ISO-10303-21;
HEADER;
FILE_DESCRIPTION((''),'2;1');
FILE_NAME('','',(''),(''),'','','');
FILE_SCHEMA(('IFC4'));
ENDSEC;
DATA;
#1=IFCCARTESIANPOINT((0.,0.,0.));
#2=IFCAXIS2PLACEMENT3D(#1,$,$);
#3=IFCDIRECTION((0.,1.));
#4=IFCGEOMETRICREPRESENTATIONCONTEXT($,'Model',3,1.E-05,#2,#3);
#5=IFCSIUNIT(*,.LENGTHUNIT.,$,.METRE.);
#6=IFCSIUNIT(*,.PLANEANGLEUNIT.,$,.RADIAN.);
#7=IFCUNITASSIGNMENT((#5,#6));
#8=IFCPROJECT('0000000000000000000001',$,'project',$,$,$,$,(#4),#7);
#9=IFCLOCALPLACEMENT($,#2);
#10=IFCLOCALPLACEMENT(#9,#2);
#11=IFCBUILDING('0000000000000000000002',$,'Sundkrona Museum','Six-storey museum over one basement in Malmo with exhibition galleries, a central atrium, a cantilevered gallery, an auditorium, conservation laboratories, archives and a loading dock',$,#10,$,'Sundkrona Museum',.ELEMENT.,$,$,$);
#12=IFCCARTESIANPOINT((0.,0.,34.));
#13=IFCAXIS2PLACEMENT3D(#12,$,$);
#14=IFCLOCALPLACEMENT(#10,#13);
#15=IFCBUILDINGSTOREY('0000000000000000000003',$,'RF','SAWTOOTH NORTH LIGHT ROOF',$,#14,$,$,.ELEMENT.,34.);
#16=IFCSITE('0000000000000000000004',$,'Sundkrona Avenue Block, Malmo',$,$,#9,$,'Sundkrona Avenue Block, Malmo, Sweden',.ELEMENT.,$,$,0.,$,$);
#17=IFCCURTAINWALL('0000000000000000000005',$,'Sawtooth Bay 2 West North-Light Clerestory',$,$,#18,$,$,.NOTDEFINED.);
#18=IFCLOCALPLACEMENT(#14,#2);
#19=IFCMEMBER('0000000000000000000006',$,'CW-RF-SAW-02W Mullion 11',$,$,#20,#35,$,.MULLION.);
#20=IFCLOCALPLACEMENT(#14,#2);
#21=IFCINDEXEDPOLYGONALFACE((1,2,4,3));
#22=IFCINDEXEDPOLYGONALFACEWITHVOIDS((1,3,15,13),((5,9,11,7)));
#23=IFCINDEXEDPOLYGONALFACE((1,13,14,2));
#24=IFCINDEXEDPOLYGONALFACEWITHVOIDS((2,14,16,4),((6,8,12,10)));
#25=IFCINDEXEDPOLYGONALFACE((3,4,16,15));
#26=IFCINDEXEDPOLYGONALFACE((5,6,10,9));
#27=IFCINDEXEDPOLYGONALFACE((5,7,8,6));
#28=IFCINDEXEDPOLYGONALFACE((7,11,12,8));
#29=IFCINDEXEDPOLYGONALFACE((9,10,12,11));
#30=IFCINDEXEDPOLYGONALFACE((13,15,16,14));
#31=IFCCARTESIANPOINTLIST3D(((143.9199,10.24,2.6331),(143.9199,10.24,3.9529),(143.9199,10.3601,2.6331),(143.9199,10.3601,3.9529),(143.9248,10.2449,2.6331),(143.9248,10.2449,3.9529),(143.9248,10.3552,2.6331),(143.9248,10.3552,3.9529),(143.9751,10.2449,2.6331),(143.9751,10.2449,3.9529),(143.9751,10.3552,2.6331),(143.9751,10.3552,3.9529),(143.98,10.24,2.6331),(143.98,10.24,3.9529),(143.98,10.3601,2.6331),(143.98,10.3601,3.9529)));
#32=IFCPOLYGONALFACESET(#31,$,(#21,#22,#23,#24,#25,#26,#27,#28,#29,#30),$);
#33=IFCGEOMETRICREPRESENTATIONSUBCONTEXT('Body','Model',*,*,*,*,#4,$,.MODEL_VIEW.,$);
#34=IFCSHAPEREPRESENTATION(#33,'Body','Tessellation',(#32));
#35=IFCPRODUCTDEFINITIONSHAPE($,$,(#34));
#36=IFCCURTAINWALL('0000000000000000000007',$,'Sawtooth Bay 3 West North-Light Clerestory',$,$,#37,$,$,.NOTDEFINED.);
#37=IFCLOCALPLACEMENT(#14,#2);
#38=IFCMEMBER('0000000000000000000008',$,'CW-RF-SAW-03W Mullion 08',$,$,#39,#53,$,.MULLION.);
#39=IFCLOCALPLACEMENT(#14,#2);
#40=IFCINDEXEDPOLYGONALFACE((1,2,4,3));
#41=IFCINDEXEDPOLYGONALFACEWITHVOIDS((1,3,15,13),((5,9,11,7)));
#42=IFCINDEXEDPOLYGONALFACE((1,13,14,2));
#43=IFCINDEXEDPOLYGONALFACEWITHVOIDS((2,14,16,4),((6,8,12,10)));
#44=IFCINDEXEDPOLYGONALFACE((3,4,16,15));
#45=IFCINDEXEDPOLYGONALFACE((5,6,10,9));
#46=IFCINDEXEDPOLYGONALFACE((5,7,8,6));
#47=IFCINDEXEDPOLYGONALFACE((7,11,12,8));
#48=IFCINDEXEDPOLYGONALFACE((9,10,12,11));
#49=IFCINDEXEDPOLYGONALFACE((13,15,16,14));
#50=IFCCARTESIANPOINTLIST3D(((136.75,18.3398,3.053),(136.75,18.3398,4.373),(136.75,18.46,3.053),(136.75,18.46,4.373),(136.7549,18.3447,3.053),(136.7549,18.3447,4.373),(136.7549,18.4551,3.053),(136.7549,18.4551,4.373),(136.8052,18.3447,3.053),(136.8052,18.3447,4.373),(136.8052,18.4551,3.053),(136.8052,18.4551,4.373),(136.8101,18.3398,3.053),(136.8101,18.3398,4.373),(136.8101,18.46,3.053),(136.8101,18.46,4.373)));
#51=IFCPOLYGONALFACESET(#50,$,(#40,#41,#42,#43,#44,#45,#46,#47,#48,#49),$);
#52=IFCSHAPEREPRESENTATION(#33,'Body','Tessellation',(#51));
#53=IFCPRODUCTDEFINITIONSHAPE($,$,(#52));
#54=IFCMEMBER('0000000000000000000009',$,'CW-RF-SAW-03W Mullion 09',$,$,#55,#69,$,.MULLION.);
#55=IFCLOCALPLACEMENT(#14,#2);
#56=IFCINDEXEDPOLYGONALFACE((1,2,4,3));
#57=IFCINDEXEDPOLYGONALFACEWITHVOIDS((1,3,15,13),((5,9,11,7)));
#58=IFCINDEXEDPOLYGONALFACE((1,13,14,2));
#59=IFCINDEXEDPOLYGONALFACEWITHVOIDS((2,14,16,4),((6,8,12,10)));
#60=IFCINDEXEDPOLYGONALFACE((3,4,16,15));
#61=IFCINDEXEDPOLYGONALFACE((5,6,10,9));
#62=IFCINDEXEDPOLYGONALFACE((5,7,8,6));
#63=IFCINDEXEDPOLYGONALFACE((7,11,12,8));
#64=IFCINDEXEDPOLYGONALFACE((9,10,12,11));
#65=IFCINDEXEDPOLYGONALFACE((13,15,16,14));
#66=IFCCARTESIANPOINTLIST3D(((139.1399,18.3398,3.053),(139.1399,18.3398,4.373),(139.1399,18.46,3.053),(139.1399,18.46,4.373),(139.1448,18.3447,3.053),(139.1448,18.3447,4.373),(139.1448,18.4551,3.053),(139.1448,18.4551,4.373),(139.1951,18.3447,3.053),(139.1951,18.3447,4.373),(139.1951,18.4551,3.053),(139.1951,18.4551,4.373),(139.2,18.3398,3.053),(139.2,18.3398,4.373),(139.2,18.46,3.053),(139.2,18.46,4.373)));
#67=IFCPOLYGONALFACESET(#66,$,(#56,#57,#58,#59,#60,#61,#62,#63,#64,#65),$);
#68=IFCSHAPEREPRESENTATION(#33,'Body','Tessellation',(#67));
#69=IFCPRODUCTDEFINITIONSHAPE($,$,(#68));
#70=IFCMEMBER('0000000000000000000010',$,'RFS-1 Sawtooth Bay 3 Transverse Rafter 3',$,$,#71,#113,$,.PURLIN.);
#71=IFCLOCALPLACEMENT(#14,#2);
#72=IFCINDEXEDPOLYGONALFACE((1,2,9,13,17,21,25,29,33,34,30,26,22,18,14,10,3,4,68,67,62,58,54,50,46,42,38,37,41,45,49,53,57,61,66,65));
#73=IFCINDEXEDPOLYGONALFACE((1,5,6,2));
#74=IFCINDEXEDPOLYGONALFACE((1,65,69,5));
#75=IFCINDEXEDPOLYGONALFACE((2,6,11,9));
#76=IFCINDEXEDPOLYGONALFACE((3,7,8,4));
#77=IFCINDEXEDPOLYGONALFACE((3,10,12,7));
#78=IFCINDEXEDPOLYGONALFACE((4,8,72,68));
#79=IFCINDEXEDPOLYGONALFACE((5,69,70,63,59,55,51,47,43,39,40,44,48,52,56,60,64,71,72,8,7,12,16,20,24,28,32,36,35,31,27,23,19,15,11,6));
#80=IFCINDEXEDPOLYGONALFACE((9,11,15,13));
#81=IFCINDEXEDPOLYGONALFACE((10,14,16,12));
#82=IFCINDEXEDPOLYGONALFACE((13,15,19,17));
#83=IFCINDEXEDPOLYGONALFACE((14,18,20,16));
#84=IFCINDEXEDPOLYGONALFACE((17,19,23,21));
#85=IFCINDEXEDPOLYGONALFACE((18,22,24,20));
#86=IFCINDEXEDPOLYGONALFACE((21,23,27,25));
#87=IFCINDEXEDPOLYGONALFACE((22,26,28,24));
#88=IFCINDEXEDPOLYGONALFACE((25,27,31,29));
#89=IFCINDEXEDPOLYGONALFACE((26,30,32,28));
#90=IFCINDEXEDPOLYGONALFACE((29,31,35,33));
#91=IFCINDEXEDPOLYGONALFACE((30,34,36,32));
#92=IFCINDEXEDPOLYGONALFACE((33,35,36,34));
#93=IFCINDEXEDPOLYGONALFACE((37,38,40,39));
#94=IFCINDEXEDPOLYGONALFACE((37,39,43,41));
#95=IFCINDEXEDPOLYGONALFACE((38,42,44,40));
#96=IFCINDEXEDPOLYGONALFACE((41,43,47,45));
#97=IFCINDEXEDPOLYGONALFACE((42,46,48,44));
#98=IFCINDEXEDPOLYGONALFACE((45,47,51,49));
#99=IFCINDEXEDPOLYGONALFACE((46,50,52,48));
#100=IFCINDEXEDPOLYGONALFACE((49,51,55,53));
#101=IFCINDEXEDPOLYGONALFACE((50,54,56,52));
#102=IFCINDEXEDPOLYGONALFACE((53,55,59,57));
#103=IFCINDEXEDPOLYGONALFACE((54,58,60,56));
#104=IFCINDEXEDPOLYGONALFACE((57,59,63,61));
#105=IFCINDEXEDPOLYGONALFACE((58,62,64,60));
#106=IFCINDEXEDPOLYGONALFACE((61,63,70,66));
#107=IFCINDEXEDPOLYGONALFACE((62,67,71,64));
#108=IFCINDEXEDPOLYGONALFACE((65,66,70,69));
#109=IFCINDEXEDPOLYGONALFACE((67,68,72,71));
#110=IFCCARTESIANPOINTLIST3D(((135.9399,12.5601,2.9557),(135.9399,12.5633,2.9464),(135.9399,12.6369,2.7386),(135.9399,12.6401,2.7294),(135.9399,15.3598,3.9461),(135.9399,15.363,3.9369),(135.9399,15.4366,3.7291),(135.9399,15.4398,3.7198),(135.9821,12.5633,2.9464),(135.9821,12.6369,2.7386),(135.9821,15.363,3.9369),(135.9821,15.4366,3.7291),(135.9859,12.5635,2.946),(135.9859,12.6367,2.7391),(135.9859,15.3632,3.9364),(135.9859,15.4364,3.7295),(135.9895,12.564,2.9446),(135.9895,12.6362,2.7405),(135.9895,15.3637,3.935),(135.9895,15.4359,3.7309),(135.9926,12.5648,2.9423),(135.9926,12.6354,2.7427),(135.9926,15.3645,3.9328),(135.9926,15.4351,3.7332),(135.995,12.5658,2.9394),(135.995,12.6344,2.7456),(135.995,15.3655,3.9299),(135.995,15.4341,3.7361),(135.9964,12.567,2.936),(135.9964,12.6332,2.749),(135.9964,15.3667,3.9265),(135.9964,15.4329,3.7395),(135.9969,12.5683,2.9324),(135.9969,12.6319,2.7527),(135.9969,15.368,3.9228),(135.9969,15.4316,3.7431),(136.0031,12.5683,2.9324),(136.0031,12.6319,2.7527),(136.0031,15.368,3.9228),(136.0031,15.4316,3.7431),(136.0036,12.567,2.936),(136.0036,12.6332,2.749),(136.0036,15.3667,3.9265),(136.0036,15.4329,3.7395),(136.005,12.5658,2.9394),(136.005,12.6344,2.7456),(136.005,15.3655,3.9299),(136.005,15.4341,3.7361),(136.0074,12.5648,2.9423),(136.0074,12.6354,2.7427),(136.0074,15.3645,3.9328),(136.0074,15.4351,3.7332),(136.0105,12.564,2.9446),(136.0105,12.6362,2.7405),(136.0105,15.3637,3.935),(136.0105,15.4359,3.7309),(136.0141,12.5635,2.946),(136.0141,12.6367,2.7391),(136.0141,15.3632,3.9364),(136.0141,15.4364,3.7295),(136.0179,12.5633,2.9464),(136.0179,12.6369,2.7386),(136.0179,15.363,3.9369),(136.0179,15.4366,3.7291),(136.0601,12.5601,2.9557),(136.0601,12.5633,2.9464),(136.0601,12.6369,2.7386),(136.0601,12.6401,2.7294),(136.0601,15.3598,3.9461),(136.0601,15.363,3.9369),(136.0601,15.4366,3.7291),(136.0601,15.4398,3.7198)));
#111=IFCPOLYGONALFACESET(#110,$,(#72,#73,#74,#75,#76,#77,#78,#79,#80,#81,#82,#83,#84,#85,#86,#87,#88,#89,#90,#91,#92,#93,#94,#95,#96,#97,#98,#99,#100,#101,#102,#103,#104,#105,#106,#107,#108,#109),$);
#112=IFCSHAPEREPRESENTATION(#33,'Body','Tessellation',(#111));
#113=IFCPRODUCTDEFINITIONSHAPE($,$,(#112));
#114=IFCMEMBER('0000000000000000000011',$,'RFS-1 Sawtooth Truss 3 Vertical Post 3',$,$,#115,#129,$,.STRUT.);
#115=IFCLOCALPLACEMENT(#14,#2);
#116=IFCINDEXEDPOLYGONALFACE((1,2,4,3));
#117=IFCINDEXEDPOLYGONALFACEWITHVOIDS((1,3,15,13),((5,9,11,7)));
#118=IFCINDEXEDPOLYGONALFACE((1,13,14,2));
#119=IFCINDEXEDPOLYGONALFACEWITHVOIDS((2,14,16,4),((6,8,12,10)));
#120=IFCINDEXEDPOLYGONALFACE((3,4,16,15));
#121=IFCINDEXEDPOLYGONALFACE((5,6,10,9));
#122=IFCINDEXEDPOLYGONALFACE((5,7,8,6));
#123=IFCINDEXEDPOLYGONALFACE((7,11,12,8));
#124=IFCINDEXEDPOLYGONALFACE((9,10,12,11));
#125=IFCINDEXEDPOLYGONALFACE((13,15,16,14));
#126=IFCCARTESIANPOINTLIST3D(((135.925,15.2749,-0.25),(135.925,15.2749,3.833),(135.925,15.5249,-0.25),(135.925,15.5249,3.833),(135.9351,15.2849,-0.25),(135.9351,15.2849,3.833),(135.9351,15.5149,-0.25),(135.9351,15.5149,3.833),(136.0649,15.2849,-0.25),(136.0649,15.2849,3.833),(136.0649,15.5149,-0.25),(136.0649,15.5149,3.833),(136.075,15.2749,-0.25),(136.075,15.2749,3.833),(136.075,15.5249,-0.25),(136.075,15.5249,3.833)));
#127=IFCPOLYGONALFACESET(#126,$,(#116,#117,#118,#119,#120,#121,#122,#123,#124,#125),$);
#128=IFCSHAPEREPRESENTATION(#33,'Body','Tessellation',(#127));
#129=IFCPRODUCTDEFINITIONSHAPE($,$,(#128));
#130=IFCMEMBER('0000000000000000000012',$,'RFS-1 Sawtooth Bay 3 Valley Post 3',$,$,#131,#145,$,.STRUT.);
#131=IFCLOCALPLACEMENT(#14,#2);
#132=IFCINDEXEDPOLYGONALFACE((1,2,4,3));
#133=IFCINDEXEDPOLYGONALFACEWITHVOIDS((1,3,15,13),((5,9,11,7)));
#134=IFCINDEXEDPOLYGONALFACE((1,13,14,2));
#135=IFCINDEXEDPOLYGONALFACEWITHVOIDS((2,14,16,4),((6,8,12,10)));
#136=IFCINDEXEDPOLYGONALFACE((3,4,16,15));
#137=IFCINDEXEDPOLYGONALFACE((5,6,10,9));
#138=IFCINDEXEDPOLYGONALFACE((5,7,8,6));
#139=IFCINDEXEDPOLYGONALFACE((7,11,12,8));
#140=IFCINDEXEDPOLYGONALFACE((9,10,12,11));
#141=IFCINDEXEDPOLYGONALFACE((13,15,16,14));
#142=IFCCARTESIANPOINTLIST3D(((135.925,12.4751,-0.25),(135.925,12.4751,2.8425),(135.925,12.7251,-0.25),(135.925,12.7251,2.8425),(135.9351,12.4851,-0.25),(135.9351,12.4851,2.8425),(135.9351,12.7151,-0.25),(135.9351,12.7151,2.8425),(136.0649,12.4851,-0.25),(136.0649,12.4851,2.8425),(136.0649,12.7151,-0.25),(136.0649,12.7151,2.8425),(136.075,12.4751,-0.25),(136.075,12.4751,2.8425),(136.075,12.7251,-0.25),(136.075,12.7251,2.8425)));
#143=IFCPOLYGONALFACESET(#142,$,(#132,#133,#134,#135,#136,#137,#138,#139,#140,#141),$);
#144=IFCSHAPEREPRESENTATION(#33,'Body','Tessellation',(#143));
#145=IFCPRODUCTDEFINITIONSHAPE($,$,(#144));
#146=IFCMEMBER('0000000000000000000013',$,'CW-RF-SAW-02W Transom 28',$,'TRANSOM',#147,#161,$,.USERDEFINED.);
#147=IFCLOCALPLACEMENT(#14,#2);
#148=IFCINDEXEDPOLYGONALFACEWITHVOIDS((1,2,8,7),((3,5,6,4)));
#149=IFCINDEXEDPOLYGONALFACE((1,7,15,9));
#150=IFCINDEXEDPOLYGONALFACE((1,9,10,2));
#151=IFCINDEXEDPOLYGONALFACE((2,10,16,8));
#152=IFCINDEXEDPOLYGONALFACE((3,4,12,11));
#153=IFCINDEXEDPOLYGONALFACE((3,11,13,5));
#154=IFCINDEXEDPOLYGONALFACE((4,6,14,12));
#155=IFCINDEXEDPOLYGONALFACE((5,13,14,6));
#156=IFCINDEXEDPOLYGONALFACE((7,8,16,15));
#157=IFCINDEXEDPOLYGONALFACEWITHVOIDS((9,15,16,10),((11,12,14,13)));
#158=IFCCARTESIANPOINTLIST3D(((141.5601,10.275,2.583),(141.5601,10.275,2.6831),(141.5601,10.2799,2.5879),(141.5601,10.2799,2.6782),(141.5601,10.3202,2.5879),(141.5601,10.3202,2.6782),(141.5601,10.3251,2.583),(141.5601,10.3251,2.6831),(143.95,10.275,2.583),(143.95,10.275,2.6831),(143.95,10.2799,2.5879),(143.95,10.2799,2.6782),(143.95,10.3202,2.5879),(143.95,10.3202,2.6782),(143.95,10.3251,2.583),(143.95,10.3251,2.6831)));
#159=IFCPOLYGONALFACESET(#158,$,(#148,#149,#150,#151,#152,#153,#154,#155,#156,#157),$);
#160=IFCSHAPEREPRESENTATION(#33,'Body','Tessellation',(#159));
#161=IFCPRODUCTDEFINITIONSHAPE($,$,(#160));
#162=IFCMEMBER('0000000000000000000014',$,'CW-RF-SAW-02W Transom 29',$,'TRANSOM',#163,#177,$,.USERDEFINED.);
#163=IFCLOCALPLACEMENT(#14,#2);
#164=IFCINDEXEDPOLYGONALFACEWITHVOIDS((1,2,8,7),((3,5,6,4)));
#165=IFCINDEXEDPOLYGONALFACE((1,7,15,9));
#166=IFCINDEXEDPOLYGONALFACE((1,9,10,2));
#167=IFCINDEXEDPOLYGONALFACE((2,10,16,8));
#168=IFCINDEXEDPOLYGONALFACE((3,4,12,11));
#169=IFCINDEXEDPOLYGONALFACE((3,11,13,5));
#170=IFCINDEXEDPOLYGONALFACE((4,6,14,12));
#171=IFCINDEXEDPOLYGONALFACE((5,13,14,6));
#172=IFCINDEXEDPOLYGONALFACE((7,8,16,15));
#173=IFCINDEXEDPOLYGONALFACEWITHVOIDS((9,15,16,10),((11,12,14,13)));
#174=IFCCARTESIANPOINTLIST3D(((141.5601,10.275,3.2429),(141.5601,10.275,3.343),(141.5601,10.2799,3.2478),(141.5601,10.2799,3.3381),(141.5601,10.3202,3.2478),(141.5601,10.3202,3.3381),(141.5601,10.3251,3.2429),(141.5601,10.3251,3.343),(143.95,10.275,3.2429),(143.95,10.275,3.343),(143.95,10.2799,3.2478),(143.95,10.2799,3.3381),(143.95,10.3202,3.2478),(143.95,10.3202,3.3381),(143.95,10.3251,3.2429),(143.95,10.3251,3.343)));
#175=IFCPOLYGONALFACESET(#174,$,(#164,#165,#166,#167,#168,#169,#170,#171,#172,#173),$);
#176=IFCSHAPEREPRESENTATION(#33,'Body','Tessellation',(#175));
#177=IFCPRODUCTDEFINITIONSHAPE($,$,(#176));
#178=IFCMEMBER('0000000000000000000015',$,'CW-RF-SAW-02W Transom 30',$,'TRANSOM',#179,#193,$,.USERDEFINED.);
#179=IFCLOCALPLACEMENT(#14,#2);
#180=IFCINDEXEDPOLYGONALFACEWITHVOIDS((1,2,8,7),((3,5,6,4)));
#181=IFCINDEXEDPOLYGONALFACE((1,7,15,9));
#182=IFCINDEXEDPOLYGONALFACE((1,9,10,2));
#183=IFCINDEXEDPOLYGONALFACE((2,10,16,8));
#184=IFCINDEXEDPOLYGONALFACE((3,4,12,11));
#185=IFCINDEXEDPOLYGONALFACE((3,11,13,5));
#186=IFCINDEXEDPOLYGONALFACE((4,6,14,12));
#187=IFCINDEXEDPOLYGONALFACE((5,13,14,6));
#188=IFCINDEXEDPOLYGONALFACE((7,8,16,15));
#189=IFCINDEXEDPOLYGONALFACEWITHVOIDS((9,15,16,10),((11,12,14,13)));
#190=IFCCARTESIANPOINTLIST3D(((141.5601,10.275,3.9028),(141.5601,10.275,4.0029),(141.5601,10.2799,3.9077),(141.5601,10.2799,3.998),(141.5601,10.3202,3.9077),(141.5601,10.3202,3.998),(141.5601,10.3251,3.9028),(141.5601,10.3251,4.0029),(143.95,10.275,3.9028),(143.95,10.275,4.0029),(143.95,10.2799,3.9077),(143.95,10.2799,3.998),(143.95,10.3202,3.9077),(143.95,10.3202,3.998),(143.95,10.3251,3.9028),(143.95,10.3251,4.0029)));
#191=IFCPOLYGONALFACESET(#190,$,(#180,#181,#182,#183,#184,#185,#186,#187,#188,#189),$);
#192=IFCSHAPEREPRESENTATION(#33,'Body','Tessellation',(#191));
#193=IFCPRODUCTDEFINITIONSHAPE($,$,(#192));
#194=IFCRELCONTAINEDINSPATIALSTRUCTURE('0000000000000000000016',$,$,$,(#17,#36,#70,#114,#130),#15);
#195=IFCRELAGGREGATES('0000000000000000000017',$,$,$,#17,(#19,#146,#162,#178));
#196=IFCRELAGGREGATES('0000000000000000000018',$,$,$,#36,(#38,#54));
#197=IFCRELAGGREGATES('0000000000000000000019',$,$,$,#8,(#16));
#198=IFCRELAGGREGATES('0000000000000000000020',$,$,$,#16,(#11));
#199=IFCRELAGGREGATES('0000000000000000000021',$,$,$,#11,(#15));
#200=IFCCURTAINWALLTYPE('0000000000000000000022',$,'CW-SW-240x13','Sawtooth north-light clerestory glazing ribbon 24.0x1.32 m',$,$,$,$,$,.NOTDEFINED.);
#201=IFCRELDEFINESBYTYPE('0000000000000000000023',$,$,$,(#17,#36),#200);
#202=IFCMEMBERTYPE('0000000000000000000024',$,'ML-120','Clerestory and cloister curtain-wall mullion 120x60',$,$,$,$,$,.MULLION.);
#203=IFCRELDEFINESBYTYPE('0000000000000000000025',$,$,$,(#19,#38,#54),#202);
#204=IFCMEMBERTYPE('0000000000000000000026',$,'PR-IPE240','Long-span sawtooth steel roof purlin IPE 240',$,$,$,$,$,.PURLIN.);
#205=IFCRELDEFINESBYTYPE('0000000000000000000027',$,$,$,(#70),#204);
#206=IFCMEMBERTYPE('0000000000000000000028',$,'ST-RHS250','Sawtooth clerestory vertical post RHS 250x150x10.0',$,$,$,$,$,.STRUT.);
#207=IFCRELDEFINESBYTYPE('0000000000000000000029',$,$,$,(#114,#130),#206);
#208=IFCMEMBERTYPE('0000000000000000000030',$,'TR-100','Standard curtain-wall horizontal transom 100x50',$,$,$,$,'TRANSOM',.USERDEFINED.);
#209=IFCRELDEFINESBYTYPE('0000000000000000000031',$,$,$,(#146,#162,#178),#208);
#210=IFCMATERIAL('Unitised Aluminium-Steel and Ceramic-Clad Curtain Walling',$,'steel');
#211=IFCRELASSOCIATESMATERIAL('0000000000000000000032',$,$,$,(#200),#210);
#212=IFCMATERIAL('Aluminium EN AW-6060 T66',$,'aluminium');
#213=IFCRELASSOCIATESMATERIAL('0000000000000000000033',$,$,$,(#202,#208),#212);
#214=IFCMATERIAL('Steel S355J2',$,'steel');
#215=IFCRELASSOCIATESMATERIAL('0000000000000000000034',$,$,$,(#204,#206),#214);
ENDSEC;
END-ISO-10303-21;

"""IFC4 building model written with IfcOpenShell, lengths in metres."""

from ifc_helpers import new_model, si_unit, direction, frame, origin, origin_2d, place, context, subcontext, project, spatial, hollow_rectangle, i_section, extrude, material, material_profile, profile_set, type_object, element, aggregate, save


model = new_model("IFC4")

# Units and contexts
model_context = context("Model", 3, precision=1e-05, world=origin(), true_north=direction((0.0, 1.0)))
body_context = subcontext(model_context, "Body", "Model", "MODEL_VIEW")
ifc_project = project(units=[si_unit("LENGTHUNIT", "METRE"), si_unit("PLANEANGLEUNIT", "RADIAN")], contexts=[model_context])

# Site, building, storey
site_placement = place(None, origin())
site = spatial("IfcSite", under=ifc_project, at=site_placement, Name="Sundkrona Avenue Block, Malmo", LongName="Sundkrona Avenue Block, Malmo, Sweden", CompositionType="ELEMENT", RefElevation=0.0)
building_placement = place(site_placement, origin())
building = spatial("IfcBuilding", under=site, at=building_placement, Name="Sundkrona Museum", Description="Six-storey museum over one basement in Malmo with exhibition galleries, a central atrium, a cantilevered gallery, an auditorium, conservation laboratories, archives and a loading dock", LongName="Sundkrona Museum", CompositionType="ELEMENT")
storey_placement = place(building_placement, frame((0.0, 0.0, 34.0)))
storey = spatial("IfcBuildingStorey", under=building, at=storey_placement, Name="RF", Description="SAWTOOTH NORTH LIGHT ROOF", CompositionType="ELEMENT", Elevation=34.0)

# Curtain wall, member
ifc_material_1 = material(Name="Unitised Aluminium-Steel and Ceramic-Clad Curtain Walling", Category="steel")
curtain_wall_type = type_object("IfcCurtainWallType", Name="CW-SW-240x13", Description="Sawtooth north-light clerestory glazing ribbon 24.0x1.32 m", PredefinedType="NOTDEFINED", material=ifc_material_1)
curtain_wall_1_placement = place(storey_placement, origin())
curtain_wall_1 = element("IfcCurtainWall", 1, at=curtain_wall_1_placement, inside=storey, type_object=curtain_wall_type, Name="Sawtooth Bay 2 West North-Light Clerestory", PredefinedType="NOTDEFINED")
ifc_material_2 = material(Name="Aluminium EN AW-6060 T66", Category="aluminium")
ifc_material_profile_1 = material_profile(ifc_material_2, hollow_rectangle(XDim=0.0601, YDim=0.1201, WallThickness=0.0049, at=origin_2d()), Name="RHS 120x60x5.0")
ifc_profile_set_1 = profile_set([ifc_material_profile_1], Name="Aluminium EN AW-6060 T66")
member_type_1 = type_object("IfcMemberType", Name="ML-120", Description="Clerestory and cloister curtain-wall mullion 120x60", PredefinedType="MULLION", material=ifc_profile_set_1)
member_1_placement = place(storey_placement, frame((143.95, 10.3, 2.6331), z_axis=(0.0, 0.0, 1.0), x_axis=(1.0, 0.0, 0.0)))
member_1 = element("IfcMember", 2, at=member_1_placement, type_object=member_type_1, Name="CW-RF-SAW-02W Mullion 11", PredefinedType="MULLION", context=body_context, shape_type="SweptSolid", body=[
    extrude(hollow_rectangle(XDim=0.0601, YDim=0.1201, WallThickness=0.0049, at=origin_2d()), origin(), (0.0, 0.0, 1.0), 1.3198),
])

# Curtain wall, members
curtain_wall_2_placement = place(storey_placement, origin())
curtain_wall_2 = element("IfcCurtainWall", 3, at=curtain_wall_2_placement, inside=storey, type_object=curtain_wall_type, Name="Sawtooth Bay 3 West North-Light Clerestory", PredefinedType="NOTDEFINED")
member_2_placement = place(storey_placement, frame((136.78, 18.3999, 3.053), z_axis=(0.0, 0.0, 1.0), x_axis=(1.0, 0.0, 0.0)))
member_2 = element("IfcMember", 4, at=member_2_placement, type_object=member_type_1, Name="CW-RF-SAW-03W Mullion 08", PredefinedType="MULLION", context=body_context, shape_type="SweptSolid", body=[
    extrude(hollow_rectangle(XDim=0.0601, YDim=0.1201, WallThickness=0.0049, at=origin_2d()), origin(), (0.0, 0.0, 1.0), 1.3201),
])
member_3_placement = place(storey_placement, frame((139.1699, 18.3999, 3.053), z_axis=(0.0, 0.0, 1.0), x_axis=(1.0, 0.0, 0.0)))
member_3 = element("IfcMember", 5, at=member_3_placement, type_object=member_type_1, Name="CW-RF-SAW-03W Mullion 09", PredefinedType="MULLION", context=body_context, shape_type="SweptSolid", body=[
    extrude(hollow_rectangle(XDim=0.0601, YDim=0.1201, WallThickness=0.0049, at=origin_2d()), origin(), (0.0, 0.0, 1.0), 1.3201),
])

# Members
ifc_material_3 = material(Name="Steel S355J2", Category="steel")
ifc_material_profile_2 = material_profile(ifc_material_3, i_section(OverallWidth=0.1201, OverallDepth=0.24, WebThickness=0.0061, FlangeThickness=0.0098, FilletRadius=0.0149, at=origin_2d()), Name="IPE 240")
ifc_profile_set_2 = profile_set([ifc_material_profile_2], Name="Steel S355J2")
member_type_2 = type_object("IfcMemberType", Name="PR-IPE240", Description="Long-span sawtooth steel roof purlin IPE 240", PredefinedType="PURLIN", material=ifc_profile_set_2)
member_4_placement = place(storey_placement, frame((136.0, 12.6001, 2.8425), z_axis=(0.0, 0.942746, 0.333512), x_axis=(-1.0, 0.0, 0.0)))
element("IfcMember", 6, at=member_4_placement, inside=storey, type_object=member_type_2, Name="RFS-1 Sawtooth Bay 3 Transverse Rafter 3", PredefinedType="PURLIN", context=body_context, shape_type="SweptSolid", body=[
    extrude(i_section(OverallWidth=0.1201, OverallDepth=0.24, WebThickness=0.0061, FlangeThickness=0.0098, FilletRadius=0.0149, at=origin_2d()), origin(), (0.0, 0.0, 1.0), 2.9697),
])
ifc_material_profile_3 = material_profile(ifc_material_3, hollow_rectangle(XDim=0.1499, YDim=0.25, WallThickness=0.01, at=origin_2d()), Name="RHS 250x150x10.0")
ifc_profile_set_3 = profile_set([ifc_material_profile_3], Name="Steel S355J2")
member_type_3 = type_object("IfcMemberType", Name="ST-RHS250", Description="Sawtooth clerestory vertical post RHS 250x150x10.0", PredefinedType="STRUT", material=ifc_profile_set_3)
member_5_placement = place(storey_placement, frame((136.0, 15.3999, -0.25), z_axis=(0.0, 0.0, 1.0), x_axis=(1.0, 0.0, 0.0)))
element("IfcMember", 7, at=member_5_placement, inside=storey, type_object=member_type_3, Name="RFS-1 Sawtooth Truss 3 Vertical Post 3", PredefinedType="STRUT", context=body_context, shape_type="SweptSolid", body=[
    extrude(hollow_rectangle(XDim=0.1499, YDim=0.25, WallThickness=0.01, at=origin_2d()), origin(), (0.0, 0.0, 1.0), 4.083),
])
member_6_placement = place(storey_placement, frame((136.0, 12.6001, -0.25), z_axis=(0.0, 0.0, 1.0), x_axis=(1.0, 0.0, 0.0)))
element("IfcMember", 8, at=member_6_placement, inside=storey, type_object=member_type_3, Name="RFS-1 Sawtooth Bay 3 Valley Post 3", PredefinedType="STRUT", context=body_context, shape_type="SweptSolid", body=[
    extrude(hollow_rectangle(XDim=0.1499, YDim=0.25, WallThickness=0.01, at=origin_2d()), origin(), (0.0, 0.0, 1.0), 3.0925),
])

# Members
ifc_material_profile_4 = material_profile(ifc_material_2, hollow_rectangle(XDim=0.05, YDim=0.1001, WallThickness=0.0049, at=origin_2d()), Name="RHS 100x50x5.0")
ifc_profile_set_4 = profile_set([ifc_material_profile_4], Name="Aluminium EN AW-6060 T66")
member_type_4 = type_object("IfcMemberType", Name="TR-100", Description="Standard curtain-wall horizontal transom 100x50", ElementType="TRANSOM", PredefinedType="USERDEFINED", material=ifc_profile_set_4)
member_7_placement = place(storey_placement, frame((141.5601, 10.3, 2.6331), z_axis=(1.0, 0.0, 0.0), x_axis=(0.0, 1.0, 0.0)))
member_7 = element("IfcMember", 9, at=member_7_placement, type_object=member_type_4, Name="CW-RF-SAW-02W Transom 28", ObjectType="TRANSOM", PredefinedType="USERDEFINED", context=body_context, shape_type="SweptSolid", body=[
    extrude(hollow_rectangle(XDim=0.05, YDim=0.1001, WallThickness=0.0049, at=origin_2d()), origin(), (0.0, 0.0, 1.0), 2.3899),
])
member_8_placement = place(storey_placement, frame((141.5601, 10.3, 3.293), z_axis=(1.0, 0.0, 0.0), x_axis=(0.0, 1.0, 0.0)))
member_8 = element("IfcMember", 10, at=member_8_placement, type_object=member_type_4, Name="CW-RF-SAW-02W Transom 29", ObjectType="TRANSOM", PredefinedType="USERDEFINED", context=body_context, shape_type="SweptSolid", body=[
    extrude(hollow_rectangle(XDim=0.05, YDim=0.1001, WallThickness=0.0049, at=origin_2d()), origin(), (0.0, 0.0, 1.0), 2.3899),
])
member_9_placement = place(storey_placement, frame((141.5601, 10.3, 3.9529), z_axis=(1.0, 0.0, 0.0), x_axis=(0.0, 1.0, 0.0)))
member_9 = element("IfcMember", 11, at=member_9_placement, type_object=member_type_4, Name="CW-RF-SAW-02W Transom 30", ObjectType="TRANSOM", PredefinedType="USERDEFINED", context=body_context, shape_type="SweptSolid", body=[
    extrude(hollow_rectangle(XDim=0.05, YDim=0.1001, WallThickness=0.0049, at=origin_2d()), origin(), (0.0, 0.0, 1.0), 2.3899),
])

aggregate(curtain_wall_1, [member_1, member_7, member_8, member_9])
aggregate(curtain_wall_2, [member_2, member_3])

save(model, "model.ifc")
